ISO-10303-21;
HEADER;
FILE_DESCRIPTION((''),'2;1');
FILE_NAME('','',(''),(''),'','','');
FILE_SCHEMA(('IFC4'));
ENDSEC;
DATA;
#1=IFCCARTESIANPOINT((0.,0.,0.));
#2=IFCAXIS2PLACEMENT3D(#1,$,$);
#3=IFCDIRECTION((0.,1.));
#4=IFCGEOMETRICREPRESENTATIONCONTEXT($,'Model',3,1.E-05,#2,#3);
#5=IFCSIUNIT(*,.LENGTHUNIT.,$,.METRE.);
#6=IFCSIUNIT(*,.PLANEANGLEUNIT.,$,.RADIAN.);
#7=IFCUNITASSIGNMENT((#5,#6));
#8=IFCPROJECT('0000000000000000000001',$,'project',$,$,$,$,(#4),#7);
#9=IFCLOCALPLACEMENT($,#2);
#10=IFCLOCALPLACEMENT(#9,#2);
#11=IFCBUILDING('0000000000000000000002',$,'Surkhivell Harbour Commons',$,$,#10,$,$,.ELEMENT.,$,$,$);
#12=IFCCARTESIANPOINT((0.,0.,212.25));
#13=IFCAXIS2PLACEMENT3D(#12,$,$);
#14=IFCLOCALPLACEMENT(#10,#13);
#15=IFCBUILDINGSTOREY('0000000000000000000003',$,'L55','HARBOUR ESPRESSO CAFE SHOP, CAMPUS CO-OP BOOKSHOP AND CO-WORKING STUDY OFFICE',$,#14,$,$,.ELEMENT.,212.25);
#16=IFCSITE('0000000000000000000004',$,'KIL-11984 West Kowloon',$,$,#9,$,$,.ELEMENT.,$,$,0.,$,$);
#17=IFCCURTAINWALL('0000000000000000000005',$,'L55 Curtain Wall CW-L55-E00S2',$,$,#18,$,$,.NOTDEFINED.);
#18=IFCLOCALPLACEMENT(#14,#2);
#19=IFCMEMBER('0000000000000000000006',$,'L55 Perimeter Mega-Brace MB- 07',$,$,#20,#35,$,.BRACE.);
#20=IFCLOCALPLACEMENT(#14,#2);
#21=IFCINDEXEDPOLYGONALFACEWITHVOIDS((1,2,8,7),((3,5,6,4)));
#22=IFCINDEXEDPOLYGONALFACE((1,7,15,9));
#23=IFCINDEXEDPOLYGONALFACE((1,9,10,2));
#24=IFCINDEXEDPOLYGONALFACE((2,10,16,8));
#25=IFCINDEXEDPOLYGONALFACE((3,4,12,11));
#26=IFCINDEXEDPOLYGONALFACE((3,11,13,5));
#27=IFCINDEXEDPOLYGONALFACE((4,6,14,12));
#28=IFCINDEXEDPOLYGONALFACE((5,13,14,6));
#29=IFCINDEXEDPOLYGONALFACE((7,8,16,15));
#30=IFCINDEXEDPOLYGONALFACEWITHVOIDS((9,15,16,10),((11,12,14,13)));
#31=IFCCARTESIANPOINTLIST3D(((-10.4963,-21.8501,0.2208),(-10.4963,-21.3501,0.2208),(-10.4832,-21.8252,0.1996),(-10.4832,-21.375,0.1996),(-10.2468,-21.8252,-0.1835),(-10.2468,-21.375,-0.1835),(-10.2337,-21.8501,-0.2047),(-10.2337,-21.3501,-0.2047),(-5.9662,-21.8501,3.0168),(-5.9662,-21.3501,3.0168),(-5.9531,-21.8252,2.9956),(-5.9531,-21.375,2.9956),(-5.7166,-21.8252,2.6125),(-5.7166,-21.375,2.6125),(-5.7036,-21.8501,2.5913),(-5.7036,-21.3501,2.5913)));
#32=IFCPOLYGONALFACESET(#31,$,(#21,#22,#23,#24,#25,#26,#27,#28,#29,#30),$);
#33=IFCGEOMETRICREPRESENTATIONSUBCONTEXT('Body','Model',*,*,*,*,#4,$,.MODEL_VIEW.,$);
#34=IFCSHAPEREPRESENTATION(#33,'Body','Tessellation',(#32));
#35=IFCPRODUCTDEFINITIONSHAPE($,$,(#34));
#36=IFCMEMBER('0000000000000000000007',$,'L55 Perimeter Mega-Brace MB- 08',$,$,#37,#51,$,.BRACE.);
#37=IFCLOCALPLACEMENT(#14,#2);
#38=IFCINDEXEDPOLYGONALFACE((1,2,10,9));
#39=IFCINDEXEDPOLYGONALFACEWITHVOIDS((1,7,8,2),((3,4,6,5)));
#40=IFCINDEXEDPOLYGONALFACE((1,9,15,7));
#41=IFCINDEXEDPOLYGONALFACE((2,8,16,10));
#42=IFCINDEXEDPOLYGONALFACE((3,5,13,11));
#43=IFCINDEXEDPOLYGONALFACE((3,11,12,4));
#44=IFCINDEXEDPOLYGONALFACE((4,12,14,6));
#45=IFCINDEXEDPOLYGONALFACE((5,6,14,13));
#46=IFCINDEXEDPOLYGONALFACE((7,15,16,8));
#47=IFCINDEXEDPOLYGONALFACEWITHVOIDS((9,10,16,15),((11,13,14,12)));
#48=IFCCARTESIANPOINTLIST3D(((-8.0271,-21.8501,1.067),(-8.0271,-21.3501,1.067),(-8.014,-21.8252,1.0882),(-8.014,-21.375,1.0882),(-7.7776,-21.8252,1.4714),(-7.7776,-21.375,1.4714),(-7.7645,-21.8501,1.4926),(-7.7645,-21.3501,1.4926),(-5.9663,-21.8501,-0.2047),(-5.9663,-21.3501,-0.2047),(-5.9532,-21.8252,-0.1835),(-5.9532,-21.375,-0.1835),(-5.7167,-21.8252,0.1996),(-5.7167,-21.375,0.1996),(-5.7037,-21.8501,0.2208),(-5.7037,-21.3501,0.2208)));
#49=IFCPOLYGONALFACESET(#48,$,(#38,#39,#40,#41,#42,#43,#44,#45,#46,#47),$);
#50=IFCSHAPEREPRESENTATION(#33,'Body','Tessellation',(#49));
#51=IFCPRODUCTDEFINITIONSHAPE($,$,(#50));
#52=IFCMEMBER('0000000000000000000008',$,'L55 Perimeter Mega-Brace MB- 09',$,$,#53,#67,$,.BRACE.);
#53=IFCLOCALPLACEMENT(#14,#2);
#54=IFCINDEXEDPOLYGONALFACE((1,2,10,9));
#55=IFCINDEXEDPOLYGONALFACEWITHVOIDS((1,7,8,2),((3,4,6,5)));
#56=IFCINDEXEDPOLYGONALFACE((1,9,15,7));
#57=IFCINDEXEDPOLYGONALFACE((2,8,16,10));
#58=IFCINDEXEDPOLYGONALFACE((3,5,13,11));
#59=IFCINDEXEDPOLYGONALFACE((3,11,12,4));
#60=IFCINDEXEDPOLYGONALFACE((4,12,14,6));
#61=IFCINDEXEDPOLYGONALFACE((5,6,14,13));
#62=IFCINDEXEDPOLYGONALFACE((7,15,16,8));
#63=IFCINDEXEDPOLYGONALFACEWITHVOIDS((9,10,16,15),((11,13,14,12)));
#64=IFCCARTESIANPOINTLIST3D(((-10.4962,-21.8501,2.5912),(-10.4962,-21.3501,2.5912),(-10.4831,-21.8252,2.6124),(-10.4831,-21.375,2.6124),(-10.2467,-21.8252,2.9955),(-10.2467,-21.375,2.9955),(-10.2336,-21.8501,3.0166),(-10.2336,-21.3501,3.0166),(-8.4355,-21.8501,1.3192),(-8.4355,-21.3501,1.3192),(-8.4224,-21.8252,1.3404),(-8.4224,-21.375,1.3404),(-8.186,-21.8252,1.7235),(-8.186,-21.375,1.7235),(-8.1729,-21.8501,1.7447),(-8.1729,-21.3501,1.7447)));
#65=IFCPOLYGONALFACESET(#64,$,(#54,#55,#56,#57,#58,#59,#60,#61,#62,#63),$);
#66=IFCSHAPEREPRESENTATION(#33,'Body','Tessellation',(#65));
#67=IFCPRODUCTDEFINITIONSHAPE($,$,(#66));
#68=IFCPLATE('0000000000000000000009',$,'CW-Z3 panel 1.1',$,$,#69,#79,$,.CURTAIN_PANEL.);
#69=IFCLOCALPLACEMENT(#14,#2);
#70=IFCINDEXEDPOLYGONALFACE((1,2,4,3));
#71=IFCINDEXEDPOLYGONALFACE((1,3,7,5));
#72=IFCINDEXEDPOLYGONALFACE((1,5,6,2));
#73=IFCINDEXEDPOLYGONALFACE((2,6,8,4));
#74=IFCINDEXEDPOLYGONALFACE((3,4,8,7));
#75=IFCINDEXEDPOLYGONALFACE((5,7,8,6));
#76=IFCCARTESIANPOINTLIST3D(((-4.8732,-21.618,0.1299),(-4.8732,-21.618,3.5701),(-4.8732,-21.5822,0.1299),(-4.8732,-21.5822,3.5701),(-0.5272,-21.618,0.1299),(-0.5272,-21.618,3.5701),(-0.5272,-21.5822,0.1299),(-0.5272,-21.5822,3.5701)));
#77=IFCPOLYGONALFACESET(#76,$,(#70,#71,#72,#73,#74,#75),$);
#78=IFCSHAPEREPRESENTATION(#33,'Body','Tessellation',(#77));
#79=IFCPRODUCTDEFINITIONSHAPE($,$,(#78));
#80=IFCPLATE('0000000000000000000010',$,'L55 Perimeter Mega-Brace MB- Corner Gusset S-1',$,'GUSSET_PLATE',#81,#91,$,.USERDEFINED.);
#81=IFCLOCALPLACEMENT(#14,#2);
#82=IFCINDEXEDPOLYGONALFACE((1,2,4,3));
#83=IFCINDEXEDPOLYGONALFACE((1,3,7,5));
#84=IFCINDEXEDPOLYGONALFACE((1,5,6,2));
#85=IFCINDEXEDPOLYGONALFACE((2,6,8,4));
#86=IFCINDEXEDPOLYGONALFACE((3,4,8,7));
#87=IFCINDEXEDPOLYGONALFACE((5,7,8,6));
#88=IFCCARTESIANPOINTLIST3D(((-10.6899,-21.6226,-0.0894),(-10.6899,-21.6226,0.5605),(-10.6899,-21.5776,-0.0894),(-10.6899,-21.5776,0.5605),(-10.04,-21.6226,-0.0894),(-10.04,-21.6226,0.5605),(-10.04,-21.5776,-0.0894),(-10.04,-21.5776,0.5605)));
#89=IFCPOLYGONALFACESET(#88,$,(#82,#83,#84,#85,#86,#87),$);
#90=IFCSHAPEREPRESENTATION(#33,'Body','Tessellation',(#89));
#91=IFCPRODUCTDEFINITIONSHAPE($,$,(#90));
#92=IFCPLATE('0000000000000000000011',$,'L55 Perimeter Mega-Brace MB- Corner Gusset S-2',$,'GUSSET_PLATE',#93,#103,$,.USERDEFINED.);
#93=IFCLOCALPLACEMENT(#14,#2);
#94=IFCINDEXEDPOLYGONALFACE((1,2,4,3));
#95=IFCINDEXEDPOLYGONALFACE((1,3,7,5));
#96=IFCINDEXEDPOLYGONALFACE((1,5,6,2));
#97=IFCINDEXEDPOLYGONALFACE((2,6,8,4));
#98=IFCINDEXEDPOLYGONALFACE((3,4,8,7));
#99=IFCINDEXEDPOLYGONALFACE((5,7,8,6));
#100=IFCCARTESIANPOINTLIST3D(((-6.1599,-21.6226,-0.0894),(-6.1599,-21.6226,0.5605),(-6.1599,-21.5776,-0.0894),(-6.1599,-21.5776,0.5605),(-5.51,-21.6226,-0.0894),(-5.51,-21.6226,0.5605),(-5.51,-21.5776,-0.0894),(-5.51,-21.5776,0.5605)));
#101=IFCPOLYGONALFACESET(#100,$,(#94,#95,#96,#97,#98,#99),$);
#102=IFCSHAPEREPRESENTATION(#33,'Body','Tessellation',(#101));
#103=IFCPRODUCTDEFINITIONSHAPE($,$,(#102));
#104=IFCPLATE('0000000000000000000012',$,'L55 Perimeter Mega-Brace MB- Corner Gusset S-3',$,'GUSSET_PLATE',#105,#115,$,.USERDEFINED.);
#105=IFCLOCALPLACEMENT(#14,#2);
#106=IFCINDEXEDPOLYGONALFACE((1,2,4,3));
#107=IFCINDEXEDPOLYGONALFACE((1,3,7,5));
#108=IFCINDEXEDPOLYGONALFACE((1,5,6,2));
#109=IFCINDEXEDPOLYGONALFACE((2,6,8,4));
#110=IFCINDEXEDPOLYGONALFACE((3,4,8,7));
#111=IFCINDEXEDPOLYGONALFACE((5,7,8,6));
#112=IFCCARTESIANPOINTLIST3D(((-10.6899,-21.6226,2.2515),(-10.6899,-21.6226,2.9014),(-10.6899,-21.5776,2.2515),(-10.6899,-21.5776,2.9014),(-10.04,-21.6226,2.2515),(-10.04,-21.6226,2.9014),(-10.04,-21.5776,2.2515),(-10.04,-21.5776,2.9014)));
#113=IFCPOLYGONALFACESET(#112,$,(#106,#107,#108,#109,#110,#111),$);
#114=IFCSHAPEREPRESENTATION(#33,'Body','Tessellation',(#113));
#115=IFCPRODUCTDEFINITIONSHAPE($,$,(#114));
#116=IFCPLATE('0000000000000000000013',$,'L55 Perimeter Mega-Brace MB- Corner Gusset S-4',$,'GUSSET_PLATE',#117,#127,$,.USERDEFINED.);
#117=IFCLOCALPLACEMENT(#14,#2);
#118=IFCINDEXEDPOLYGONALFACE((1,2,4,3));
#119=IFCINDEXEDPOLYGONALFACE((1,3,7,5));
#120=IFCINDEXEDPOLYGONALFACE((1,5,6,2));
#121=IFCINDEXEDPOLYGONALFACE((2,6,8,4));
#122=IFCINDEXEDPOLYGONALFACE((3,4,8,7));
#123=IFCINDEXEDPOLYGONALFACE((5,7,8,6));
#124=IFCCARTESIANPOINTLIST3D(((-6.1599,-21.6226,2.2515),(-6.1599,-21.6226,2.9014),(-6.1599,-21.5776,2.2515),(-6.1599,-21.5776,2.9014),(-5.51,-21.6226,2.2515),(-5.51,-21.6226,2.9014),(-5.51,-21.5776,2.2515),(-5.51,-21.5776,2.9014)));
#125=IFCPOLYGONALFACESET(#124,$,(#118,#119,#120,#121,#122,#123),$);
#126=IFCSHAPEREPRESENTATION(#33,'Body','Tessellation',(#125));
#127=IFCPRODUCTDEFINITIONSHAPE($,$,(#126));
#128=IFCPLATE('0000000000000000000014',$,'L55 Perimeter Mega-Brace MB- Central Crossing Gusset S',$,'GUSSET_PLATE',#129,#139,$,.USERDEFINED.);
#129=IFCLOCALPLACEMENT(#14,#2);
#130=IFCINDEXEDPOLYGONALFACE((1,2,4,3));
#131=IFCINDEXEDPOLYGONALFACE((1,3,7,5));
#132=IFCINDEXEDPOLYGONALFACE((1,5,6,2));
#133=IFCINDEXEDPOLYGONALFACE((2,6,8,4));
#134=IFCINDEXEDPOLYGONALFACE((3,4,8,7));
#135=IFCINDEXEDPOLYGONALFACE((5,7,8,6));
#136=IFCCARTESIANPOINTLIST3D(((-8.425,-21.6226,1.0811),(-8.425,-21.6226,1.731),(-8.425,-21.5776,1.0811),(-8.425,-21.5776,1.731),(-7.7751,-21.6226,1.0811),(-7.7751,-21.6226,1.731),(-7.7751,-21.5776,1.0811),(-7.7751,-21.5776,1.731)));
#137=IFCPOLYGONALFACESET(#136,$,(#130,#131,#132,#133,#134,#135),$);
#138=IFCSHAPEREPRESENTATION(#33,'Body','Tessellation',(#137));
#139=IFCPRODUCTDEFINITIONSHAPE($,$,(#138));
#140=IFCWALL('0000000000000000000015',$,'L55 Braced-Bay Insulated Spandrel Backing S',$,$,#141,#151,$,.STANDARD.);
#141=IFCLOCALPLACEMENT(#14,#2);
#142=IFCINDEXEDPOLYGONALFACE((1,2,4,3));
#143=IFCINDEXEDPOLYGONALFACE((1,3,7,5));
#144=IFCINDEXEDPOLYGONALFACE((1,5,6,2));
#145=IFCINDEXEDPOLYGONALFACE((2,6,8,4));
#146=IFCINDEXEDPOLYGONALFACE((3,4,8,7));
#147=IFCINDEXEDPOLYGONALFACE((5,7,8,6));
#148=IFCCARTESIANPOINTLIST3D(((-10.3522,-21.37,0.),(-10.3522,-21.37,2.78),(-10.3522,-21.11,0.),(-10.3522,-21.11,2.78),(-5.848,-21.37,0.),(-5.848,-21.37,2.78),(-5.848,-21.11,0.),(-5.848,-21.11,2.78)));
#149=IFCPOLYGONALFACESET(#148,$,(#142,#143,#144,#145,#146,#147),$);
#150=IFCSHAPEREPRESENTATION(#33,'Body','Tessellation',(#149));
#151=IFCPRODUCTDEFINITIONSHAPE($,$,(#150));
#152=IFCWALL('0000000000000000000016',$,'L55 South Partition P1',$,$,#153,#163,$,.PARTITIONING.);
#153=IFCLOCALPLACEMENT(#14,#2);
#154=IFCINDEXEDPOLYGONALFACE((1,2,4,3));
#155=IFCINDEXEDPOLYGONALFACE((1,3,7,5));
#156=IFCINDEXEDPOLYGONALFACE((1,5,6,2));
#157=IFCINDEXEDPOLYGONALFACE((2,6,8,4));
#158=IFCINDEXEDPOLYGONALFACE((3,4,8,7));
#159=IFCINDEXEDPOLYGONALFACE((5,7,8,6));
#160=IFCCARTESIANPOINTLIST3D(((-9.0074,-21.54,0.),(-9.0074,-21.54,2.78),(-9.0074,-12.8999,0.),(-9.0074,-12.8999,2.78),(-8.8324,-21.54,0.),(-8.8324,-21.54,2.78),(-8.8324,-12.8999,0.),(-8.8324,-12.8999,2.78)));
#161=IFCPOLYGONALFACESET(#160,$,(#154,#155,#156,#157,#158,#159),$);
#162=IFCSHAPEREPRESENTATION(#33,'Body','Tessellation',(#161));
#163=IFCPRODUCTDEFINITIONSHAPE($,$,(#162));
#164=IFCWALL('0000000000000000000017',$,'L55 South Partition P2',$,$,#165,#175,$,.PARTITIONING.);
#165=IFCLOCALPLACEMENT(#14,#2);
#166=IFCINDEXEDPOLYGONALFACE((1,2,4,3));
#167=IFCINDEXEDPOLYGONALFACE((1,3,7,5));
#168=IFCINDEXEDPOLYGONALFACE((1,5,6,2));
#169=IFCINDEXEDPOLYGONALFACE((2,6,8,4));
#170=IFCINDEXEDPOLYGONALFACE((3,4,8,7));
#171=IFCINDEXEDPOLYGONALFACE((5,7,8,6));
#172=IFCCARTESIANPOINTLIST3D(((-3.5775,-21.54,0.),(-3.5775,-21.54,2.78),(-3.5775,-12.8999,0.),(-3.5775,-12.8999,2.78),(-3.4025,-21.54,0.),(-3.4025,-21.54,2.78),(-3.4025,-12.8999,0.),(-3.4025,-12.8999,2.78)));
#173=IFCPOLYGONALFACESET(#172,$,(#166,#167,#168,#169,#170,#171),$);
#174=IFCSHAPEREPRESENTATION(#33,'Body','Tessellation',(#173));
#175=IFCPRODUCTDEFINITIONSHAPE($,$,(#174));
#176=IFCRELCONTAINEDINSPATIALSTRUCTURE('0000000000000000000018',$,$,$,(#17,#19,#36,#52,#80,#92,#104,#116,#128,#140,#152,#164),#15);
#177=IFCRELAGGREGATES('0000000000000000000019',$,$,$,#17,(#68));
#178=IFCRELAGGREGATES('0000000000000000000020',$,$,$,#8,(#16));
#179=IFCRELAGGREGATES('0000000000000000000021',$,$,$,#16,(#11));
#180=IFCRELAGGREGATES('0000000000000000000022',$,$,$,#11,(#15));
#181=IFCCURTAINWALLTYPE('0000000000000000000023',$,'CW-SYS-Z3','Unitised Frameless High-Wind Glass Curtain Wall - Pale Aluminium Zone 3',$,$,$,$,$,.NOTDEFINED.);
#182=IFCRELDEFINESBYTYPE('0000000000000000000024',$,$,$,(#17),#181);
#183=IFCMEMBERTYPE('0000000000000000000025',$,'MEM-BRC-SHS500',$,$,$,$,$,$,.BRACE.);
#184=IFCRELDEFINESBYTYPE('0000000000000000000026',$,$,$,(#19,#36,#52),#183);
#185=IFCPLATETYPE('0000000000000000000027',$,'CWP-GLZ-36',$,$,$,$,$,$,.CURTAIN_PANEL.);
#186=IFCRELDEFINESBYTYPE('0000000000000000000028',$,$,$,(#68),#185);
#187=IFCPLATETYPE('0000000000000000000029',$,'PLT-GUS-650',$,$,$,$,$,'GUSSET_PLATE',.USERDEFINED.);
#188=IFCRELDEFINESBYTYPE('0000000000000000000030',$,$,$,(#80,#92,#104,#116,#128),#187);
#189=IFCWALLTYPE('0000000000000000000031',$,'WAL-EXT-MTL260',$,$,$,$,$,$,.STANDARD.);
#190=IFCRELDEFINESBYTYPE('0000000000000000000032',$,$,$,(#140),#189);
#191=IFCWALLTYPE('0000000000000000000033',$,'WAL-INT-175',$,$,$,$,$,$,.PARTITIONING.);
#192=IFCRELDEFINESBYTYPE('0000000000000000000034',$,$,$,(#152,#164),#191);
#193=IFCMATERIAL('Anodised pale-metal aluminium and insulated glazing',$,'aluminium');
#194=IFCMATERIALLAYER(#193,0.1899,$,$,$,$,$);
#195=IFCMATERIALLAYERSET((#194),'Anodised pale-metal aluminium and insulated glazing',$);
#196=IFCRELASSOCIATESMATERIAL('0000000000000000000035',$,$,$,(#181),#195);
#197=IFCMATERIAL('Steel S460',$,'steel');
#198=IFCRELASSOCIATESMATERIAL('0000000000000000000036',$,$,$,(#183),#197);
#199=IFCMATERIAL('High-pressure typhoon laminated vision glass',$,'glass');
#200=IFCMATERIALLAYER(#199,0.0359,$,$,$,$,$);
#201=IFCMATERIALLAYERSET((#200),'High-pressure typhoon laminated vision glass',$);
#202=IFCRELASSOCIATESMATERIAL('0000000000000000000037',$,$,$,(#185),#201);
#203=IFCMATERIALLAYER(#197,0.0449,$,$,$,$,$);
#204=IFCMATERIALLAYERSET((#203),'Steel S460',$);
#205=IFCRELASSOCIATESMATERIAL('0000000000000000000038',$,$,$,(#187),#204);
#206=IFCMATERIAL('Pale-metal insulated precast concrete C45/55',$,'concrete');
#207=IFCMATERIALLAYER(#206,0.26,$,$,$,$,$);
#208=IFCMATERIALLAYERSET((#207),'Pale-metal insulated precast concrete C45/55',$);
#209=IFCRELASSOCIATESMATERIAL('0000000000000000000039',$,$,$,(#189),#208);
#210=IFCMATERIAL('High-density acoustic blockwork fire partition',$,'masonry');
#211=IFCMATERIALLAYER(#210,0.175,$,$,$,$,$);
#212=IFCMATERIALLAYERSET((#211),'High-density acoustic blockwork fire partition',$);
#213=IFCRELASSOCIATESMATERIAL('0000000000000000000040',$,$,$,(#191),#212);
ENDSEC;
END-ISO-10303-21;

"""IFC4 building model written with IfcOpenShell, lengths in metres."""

from ifc_helpers import new_model, si_unit, direction, frame, frame_2d, origin, origin_2d, place, context, subcontext, project, spatial, rectangle, hollow_rectangle, extrude, material, layer, layer_set, material_profile, profile_set, type_object, element, aggregate, save


model = new_model("IFC4")

# Units and contexts
model_context = context("Model", 3, precision=1e-05, world=origin(), true_north=direction((0.0, 1.0)))
body_context = subcontext(model_context, "Body", "Model", "MODEL_VIEW")
ifc_project = project(units=[si_unit("LENGTHUNIT", "METRE"), si_unit("PLANEANGLEUNIT", "RADIAN")], contexts=[model_context])

# Site, building, storey
site_placement = place(None, origin())
site = spatial("IfcSite", under=ifc_project, at=site_placement, Name="KIL-11984 West Kowloon", CompositionType="ELEMENT", RefElevation=0.0)
building_placement = place(site_placement, origin())
building = spatial("IfcBuilding", under=site, at=building_placement, Name="Surkhivell Harbour Commons", CompositionType="ELEMENT")
storey_placement = place(building_placement, frame((0.0, 0.0, 212.25)))
storey = spatial("IfcBuildingStorey", under=building, at=storey_placement, Name="L55", Description="HARBOUR ESPRESSO CAFE SHOP, CAMPUS CO-OP BOOKSHOP AND CO-WORKING STUDY OFFICE", CompositionType="ELEMENT", Elevation=212.25)

# Shared definitions
ifc_material_1 = material(Name="Anodised pale-metal aluminium and insulated glazing", Category="aluminium")
ifc_layer_1 = layer(ifc_material_1, 0.1899)
ifc_layer_set_1 = layer_set([ifc_layer_1], Name="Anodised pale-metal aluminium and insulated glazing")
curtain_wall_type = type_object("IfcCurtainWallType", Name="CW-SYS-Z3", Description="Unitised Frameless High-Wind Glass Curtain Wall - Pale Aluminium Zone 3", PredefinedType="NOTDEFINED", material=ifc_layer_set_1)

# Curtain wall
curtain_wall_1_placement = place(storey_placement, origin())
curtain_wall_1 = element("IfcCurtainWall", 1, at=curtain_wall_1_placement, inside=storey, type_object=curtain_wall_type, Name="L55 Curtain Wall CW-L55-E00S2", PredefinedType="NOTDEFINED")

# Members
ifc_material_2 = material(Name="Steel S460", Category="steel")
ifc_material_profile_1 = material_profile(ifc_material_2, hollow_rectangle(XDim=0.5, YDim=0.5, WallThickness=0.0249, at=origin_2d()), Name="SHS500x500x25")
ifc_profile_set_1 = profile_set([ifc_material_profile_1], Name="Steel S460")
member_type_1 = type_object("IfcMemberType", Name="MEM-BRC-SHS500", PredefinedType="BRACE", material=ifc_profile_set_1)
member_1_placement = place(storey_placement, frame((-10.365, -21.6001, 0.0081), z_axis=(0.850971, 0.0, 0.525213), x_axis=(0.0, 1.0, 0.0)))
element("IfcMember", 2, at=member_1_placement, inside=storey, type_object=member_type_1, Name="L55 Perimeter Mega-Brace MB- 07", PredefinedType="BRACE", context=body_context, shape_type="SweptSolid", body=[
    extrude(hollow_rectangle(XDim=0.5, YDim=0.5, WallThickness=0.0249, at=origin_2d()), origin(), (0.0, 0.0, 1.0), 5.3235),
])
for number, where, z_axis, x_axis, name in (
    (3, (-5.835, -21.6001, 0.0081), (-0.851003, 0.0, 0.52516), (0.0, -1.0, 0.0), "L55 Perimeter Mega-Brace MB- 08"),
    (4, (-8.3042, -21.6001, 1.532), (-0.850958, 0.0, 0.525233), (0.0, -1.0, 0.0), "L55 Perimeter Mega-Brace MB- 09"),
):
    element("IfcMember", number, at=place(storey_placement, frame(where, z_axis=z_axis, x_axis=x_axis)), inside=storey, type_object=member_type_1, Name=name, PredefinedType="BRACE", context=body_context, shape_type="SweptSolid", body=[
        extrude(hollow_rectangle(XDim=0.5, YDim=0.5, WallThickness=0.0249, at=origin_2d()), origin(), (0.0, 0.0, 1.0), 2.4216),
    ])

# Plate
ifc_material_3 = material(Name="High-pressure typhoon laminated vision glass", Category="glass")
ifc_layer_2 = layer(ifc_material_3, 0.0359)
ifc_layer_set_2 = layer_set([ifc_layer_2], Name="High-pressure typhoon laminated vision glass")
plate_type_1 = type_object("IfcPlateType", Name="CWP-GLZ-36", PredefinedType="CURTAIN_PANEL", material=ifc_layer_set_2)
plate_placement = place(storey_placement, frame((-4.873, -21.6001, 0.1299), z_axis=(0.0, 0.0, 1.0), x_axis=(1.0, 0.0, 0.0)))
plate = element("IfcPlate", 5, at=plate_placement, type_object=plate_type_1, Name="CW-Z3 panel 1.1", PredefinedType="CURTAIN_PANEL", context=body_context, shape_type="SweptSolid", body=[
    extrude(rectangle(XDim=4.3459, YDim=0.0359, at=frame_2d((2.1729, 0.0))), origin(), (0.0, 0.0, 1.0), 3.4402),
])
aggregate(curtain_wall_1, [plate])

# Plates
ifc_layer_3 = layer(ifc_material_2, 0.0449)
ifc_layer_set_3 = layer_set([ifc_layer_3], Name="Steel S460")
plate_type_2 = type_object("IfcPlateType", Name="PLT-GUS-650", ElementType="GUSSET_PLATE", PredefinedType="USERDEFINED", material=ifc_layer_set_3)
for number, where, z_axis, x_axis, name in (
    (6, (-10.365, -21.6001, -0.0894), (0.0, 0.0, 1.0), (1.0, 0.0, 0.0), "L55 Perimeter Mega-Brace MB- Corner Gusset S-1"),
    (7, (-5.835, -21.6001, -0.0894), (0.0, 0.0, 1.0), (1.0, 0.0, 0.0), "L55 Perimeter Mega-Brace MB- Corner Gusset S-2"),
    (8, (-10.365, -21.6001, 2.2515), (0.0, 0.0, 1.0), (1.0, 0.0, 0.0), "L55 Perimeter Mega-Brace MB- Corner Gusset S-3"),
    (9, (-5.835, -21.6001, 2.2515), (0.0, 0.0, 1.0), (1.0, 0.0, 0.0), "L55 Perimeter Mega-Brace MB- Corner Gusset S-4"),
    (10, (-8.1001, -21.6001, 1.0811), (0.0, 0.0, 1.0), (1.0, 0.0, 0.0), "L55 Perimeter Mega-Brace MB- Central Crossing Gusset S"),
):
    element("IfcPlate", number, at=place(storey_placement, frame(where, z_axis=z_axis, x_axis=x_axis)), inside=storey, type_object=plate_type_2, Name=name, ObjectType="GUSSET_PLATE", PredefinedType="USERDEFINED", context=body_context, shape_type="SweptSolid", body=[
        extrude(rectangle(XDim=0.6499, YDim=0.0449, at=origin_2d()), origin(), (0.0, 0.0, 1.0), 0.6499),
    ])

# Walls
ifc_material_4 = material(Name="Pale-metal insulated precast concrete C45/55", Category="concrete")
ifc_layer_4 = layer(ifc_material_4, 0.26)
ifc_layer_set_4 = layer_set([ifc_layer_4], Name="Pale-metal insulated precast concrete C45/55")
wall_type_1 = type_object("IfcWallType", Name="WAL-EXT-MTL260", PredefinedType="STANDARD", material=ifc_layer_set_4)
wall_placement = place(storey_placement, frame((-10.3521, -21.24, 0.0), z_axis=(0.0, 0.0, 1.0), x_axis=(1.0, 0.0, 0.0)))
element("IfcWall", 11, at=wall_placement, inside=storey, type_object=wall_type_1, Name="L55 Braced-Bay Insulated Spandrel Backing S", PredefinedType="STANDARD", context=body_context, shape_type="SweptSolid", body=[
    extrude(rectangle(XDim=4.5042, YDim=0.26, at=frame_2d((2.252, 0.0))), origin(), (0.0, 0.0, 1.0), 2.78),
])
ifc_material_5 = material(Name="High-density acoustic blockwork fire partition", Category="masonry")
ifc_layer_5 = layer(ifc_material_5, 0.175)
ifc_layer_set_5 = layer_set([ifc_layer_5], Name="High-density acoustic blockwork fire partition")
wall_type_2 = type_object("IfcWallType", Name="WAL-INT-175", PredefinedType="PARTITIONING", material=ifc_layer_set_5)
for number, where, z_axis, x_axis, name in (
    (12, (-8.9199, -21.54, 0.0), (0.0, 0.0, 1.0), (0.0, 1.0, 0.0), "L55 South Partition P1"),
    (13, (-3.49, -21.54, 0.0), (0.0, 0.0, 1.0), (0.0, 1.0, 0.0), "L55 South Partition P2"),
):
    element("IfcWall", number, at=place(storey_placement, frame(where, z_axis=z_axis, x_axis=x_axis)), inside=storey, type_object=wall_type_2, Name=name, PredefinedType="PARTITIONING", context=body_context, shape_type="SweptSolid", body=[
        extrude(rectangle(XDim=8.6401, YDim=0.175, at=frame_2d((4.3201, 0.0))), origin(), (0.0, 0.0, 1.0), 2.78),
    ])

save(model, "model.ifc")
